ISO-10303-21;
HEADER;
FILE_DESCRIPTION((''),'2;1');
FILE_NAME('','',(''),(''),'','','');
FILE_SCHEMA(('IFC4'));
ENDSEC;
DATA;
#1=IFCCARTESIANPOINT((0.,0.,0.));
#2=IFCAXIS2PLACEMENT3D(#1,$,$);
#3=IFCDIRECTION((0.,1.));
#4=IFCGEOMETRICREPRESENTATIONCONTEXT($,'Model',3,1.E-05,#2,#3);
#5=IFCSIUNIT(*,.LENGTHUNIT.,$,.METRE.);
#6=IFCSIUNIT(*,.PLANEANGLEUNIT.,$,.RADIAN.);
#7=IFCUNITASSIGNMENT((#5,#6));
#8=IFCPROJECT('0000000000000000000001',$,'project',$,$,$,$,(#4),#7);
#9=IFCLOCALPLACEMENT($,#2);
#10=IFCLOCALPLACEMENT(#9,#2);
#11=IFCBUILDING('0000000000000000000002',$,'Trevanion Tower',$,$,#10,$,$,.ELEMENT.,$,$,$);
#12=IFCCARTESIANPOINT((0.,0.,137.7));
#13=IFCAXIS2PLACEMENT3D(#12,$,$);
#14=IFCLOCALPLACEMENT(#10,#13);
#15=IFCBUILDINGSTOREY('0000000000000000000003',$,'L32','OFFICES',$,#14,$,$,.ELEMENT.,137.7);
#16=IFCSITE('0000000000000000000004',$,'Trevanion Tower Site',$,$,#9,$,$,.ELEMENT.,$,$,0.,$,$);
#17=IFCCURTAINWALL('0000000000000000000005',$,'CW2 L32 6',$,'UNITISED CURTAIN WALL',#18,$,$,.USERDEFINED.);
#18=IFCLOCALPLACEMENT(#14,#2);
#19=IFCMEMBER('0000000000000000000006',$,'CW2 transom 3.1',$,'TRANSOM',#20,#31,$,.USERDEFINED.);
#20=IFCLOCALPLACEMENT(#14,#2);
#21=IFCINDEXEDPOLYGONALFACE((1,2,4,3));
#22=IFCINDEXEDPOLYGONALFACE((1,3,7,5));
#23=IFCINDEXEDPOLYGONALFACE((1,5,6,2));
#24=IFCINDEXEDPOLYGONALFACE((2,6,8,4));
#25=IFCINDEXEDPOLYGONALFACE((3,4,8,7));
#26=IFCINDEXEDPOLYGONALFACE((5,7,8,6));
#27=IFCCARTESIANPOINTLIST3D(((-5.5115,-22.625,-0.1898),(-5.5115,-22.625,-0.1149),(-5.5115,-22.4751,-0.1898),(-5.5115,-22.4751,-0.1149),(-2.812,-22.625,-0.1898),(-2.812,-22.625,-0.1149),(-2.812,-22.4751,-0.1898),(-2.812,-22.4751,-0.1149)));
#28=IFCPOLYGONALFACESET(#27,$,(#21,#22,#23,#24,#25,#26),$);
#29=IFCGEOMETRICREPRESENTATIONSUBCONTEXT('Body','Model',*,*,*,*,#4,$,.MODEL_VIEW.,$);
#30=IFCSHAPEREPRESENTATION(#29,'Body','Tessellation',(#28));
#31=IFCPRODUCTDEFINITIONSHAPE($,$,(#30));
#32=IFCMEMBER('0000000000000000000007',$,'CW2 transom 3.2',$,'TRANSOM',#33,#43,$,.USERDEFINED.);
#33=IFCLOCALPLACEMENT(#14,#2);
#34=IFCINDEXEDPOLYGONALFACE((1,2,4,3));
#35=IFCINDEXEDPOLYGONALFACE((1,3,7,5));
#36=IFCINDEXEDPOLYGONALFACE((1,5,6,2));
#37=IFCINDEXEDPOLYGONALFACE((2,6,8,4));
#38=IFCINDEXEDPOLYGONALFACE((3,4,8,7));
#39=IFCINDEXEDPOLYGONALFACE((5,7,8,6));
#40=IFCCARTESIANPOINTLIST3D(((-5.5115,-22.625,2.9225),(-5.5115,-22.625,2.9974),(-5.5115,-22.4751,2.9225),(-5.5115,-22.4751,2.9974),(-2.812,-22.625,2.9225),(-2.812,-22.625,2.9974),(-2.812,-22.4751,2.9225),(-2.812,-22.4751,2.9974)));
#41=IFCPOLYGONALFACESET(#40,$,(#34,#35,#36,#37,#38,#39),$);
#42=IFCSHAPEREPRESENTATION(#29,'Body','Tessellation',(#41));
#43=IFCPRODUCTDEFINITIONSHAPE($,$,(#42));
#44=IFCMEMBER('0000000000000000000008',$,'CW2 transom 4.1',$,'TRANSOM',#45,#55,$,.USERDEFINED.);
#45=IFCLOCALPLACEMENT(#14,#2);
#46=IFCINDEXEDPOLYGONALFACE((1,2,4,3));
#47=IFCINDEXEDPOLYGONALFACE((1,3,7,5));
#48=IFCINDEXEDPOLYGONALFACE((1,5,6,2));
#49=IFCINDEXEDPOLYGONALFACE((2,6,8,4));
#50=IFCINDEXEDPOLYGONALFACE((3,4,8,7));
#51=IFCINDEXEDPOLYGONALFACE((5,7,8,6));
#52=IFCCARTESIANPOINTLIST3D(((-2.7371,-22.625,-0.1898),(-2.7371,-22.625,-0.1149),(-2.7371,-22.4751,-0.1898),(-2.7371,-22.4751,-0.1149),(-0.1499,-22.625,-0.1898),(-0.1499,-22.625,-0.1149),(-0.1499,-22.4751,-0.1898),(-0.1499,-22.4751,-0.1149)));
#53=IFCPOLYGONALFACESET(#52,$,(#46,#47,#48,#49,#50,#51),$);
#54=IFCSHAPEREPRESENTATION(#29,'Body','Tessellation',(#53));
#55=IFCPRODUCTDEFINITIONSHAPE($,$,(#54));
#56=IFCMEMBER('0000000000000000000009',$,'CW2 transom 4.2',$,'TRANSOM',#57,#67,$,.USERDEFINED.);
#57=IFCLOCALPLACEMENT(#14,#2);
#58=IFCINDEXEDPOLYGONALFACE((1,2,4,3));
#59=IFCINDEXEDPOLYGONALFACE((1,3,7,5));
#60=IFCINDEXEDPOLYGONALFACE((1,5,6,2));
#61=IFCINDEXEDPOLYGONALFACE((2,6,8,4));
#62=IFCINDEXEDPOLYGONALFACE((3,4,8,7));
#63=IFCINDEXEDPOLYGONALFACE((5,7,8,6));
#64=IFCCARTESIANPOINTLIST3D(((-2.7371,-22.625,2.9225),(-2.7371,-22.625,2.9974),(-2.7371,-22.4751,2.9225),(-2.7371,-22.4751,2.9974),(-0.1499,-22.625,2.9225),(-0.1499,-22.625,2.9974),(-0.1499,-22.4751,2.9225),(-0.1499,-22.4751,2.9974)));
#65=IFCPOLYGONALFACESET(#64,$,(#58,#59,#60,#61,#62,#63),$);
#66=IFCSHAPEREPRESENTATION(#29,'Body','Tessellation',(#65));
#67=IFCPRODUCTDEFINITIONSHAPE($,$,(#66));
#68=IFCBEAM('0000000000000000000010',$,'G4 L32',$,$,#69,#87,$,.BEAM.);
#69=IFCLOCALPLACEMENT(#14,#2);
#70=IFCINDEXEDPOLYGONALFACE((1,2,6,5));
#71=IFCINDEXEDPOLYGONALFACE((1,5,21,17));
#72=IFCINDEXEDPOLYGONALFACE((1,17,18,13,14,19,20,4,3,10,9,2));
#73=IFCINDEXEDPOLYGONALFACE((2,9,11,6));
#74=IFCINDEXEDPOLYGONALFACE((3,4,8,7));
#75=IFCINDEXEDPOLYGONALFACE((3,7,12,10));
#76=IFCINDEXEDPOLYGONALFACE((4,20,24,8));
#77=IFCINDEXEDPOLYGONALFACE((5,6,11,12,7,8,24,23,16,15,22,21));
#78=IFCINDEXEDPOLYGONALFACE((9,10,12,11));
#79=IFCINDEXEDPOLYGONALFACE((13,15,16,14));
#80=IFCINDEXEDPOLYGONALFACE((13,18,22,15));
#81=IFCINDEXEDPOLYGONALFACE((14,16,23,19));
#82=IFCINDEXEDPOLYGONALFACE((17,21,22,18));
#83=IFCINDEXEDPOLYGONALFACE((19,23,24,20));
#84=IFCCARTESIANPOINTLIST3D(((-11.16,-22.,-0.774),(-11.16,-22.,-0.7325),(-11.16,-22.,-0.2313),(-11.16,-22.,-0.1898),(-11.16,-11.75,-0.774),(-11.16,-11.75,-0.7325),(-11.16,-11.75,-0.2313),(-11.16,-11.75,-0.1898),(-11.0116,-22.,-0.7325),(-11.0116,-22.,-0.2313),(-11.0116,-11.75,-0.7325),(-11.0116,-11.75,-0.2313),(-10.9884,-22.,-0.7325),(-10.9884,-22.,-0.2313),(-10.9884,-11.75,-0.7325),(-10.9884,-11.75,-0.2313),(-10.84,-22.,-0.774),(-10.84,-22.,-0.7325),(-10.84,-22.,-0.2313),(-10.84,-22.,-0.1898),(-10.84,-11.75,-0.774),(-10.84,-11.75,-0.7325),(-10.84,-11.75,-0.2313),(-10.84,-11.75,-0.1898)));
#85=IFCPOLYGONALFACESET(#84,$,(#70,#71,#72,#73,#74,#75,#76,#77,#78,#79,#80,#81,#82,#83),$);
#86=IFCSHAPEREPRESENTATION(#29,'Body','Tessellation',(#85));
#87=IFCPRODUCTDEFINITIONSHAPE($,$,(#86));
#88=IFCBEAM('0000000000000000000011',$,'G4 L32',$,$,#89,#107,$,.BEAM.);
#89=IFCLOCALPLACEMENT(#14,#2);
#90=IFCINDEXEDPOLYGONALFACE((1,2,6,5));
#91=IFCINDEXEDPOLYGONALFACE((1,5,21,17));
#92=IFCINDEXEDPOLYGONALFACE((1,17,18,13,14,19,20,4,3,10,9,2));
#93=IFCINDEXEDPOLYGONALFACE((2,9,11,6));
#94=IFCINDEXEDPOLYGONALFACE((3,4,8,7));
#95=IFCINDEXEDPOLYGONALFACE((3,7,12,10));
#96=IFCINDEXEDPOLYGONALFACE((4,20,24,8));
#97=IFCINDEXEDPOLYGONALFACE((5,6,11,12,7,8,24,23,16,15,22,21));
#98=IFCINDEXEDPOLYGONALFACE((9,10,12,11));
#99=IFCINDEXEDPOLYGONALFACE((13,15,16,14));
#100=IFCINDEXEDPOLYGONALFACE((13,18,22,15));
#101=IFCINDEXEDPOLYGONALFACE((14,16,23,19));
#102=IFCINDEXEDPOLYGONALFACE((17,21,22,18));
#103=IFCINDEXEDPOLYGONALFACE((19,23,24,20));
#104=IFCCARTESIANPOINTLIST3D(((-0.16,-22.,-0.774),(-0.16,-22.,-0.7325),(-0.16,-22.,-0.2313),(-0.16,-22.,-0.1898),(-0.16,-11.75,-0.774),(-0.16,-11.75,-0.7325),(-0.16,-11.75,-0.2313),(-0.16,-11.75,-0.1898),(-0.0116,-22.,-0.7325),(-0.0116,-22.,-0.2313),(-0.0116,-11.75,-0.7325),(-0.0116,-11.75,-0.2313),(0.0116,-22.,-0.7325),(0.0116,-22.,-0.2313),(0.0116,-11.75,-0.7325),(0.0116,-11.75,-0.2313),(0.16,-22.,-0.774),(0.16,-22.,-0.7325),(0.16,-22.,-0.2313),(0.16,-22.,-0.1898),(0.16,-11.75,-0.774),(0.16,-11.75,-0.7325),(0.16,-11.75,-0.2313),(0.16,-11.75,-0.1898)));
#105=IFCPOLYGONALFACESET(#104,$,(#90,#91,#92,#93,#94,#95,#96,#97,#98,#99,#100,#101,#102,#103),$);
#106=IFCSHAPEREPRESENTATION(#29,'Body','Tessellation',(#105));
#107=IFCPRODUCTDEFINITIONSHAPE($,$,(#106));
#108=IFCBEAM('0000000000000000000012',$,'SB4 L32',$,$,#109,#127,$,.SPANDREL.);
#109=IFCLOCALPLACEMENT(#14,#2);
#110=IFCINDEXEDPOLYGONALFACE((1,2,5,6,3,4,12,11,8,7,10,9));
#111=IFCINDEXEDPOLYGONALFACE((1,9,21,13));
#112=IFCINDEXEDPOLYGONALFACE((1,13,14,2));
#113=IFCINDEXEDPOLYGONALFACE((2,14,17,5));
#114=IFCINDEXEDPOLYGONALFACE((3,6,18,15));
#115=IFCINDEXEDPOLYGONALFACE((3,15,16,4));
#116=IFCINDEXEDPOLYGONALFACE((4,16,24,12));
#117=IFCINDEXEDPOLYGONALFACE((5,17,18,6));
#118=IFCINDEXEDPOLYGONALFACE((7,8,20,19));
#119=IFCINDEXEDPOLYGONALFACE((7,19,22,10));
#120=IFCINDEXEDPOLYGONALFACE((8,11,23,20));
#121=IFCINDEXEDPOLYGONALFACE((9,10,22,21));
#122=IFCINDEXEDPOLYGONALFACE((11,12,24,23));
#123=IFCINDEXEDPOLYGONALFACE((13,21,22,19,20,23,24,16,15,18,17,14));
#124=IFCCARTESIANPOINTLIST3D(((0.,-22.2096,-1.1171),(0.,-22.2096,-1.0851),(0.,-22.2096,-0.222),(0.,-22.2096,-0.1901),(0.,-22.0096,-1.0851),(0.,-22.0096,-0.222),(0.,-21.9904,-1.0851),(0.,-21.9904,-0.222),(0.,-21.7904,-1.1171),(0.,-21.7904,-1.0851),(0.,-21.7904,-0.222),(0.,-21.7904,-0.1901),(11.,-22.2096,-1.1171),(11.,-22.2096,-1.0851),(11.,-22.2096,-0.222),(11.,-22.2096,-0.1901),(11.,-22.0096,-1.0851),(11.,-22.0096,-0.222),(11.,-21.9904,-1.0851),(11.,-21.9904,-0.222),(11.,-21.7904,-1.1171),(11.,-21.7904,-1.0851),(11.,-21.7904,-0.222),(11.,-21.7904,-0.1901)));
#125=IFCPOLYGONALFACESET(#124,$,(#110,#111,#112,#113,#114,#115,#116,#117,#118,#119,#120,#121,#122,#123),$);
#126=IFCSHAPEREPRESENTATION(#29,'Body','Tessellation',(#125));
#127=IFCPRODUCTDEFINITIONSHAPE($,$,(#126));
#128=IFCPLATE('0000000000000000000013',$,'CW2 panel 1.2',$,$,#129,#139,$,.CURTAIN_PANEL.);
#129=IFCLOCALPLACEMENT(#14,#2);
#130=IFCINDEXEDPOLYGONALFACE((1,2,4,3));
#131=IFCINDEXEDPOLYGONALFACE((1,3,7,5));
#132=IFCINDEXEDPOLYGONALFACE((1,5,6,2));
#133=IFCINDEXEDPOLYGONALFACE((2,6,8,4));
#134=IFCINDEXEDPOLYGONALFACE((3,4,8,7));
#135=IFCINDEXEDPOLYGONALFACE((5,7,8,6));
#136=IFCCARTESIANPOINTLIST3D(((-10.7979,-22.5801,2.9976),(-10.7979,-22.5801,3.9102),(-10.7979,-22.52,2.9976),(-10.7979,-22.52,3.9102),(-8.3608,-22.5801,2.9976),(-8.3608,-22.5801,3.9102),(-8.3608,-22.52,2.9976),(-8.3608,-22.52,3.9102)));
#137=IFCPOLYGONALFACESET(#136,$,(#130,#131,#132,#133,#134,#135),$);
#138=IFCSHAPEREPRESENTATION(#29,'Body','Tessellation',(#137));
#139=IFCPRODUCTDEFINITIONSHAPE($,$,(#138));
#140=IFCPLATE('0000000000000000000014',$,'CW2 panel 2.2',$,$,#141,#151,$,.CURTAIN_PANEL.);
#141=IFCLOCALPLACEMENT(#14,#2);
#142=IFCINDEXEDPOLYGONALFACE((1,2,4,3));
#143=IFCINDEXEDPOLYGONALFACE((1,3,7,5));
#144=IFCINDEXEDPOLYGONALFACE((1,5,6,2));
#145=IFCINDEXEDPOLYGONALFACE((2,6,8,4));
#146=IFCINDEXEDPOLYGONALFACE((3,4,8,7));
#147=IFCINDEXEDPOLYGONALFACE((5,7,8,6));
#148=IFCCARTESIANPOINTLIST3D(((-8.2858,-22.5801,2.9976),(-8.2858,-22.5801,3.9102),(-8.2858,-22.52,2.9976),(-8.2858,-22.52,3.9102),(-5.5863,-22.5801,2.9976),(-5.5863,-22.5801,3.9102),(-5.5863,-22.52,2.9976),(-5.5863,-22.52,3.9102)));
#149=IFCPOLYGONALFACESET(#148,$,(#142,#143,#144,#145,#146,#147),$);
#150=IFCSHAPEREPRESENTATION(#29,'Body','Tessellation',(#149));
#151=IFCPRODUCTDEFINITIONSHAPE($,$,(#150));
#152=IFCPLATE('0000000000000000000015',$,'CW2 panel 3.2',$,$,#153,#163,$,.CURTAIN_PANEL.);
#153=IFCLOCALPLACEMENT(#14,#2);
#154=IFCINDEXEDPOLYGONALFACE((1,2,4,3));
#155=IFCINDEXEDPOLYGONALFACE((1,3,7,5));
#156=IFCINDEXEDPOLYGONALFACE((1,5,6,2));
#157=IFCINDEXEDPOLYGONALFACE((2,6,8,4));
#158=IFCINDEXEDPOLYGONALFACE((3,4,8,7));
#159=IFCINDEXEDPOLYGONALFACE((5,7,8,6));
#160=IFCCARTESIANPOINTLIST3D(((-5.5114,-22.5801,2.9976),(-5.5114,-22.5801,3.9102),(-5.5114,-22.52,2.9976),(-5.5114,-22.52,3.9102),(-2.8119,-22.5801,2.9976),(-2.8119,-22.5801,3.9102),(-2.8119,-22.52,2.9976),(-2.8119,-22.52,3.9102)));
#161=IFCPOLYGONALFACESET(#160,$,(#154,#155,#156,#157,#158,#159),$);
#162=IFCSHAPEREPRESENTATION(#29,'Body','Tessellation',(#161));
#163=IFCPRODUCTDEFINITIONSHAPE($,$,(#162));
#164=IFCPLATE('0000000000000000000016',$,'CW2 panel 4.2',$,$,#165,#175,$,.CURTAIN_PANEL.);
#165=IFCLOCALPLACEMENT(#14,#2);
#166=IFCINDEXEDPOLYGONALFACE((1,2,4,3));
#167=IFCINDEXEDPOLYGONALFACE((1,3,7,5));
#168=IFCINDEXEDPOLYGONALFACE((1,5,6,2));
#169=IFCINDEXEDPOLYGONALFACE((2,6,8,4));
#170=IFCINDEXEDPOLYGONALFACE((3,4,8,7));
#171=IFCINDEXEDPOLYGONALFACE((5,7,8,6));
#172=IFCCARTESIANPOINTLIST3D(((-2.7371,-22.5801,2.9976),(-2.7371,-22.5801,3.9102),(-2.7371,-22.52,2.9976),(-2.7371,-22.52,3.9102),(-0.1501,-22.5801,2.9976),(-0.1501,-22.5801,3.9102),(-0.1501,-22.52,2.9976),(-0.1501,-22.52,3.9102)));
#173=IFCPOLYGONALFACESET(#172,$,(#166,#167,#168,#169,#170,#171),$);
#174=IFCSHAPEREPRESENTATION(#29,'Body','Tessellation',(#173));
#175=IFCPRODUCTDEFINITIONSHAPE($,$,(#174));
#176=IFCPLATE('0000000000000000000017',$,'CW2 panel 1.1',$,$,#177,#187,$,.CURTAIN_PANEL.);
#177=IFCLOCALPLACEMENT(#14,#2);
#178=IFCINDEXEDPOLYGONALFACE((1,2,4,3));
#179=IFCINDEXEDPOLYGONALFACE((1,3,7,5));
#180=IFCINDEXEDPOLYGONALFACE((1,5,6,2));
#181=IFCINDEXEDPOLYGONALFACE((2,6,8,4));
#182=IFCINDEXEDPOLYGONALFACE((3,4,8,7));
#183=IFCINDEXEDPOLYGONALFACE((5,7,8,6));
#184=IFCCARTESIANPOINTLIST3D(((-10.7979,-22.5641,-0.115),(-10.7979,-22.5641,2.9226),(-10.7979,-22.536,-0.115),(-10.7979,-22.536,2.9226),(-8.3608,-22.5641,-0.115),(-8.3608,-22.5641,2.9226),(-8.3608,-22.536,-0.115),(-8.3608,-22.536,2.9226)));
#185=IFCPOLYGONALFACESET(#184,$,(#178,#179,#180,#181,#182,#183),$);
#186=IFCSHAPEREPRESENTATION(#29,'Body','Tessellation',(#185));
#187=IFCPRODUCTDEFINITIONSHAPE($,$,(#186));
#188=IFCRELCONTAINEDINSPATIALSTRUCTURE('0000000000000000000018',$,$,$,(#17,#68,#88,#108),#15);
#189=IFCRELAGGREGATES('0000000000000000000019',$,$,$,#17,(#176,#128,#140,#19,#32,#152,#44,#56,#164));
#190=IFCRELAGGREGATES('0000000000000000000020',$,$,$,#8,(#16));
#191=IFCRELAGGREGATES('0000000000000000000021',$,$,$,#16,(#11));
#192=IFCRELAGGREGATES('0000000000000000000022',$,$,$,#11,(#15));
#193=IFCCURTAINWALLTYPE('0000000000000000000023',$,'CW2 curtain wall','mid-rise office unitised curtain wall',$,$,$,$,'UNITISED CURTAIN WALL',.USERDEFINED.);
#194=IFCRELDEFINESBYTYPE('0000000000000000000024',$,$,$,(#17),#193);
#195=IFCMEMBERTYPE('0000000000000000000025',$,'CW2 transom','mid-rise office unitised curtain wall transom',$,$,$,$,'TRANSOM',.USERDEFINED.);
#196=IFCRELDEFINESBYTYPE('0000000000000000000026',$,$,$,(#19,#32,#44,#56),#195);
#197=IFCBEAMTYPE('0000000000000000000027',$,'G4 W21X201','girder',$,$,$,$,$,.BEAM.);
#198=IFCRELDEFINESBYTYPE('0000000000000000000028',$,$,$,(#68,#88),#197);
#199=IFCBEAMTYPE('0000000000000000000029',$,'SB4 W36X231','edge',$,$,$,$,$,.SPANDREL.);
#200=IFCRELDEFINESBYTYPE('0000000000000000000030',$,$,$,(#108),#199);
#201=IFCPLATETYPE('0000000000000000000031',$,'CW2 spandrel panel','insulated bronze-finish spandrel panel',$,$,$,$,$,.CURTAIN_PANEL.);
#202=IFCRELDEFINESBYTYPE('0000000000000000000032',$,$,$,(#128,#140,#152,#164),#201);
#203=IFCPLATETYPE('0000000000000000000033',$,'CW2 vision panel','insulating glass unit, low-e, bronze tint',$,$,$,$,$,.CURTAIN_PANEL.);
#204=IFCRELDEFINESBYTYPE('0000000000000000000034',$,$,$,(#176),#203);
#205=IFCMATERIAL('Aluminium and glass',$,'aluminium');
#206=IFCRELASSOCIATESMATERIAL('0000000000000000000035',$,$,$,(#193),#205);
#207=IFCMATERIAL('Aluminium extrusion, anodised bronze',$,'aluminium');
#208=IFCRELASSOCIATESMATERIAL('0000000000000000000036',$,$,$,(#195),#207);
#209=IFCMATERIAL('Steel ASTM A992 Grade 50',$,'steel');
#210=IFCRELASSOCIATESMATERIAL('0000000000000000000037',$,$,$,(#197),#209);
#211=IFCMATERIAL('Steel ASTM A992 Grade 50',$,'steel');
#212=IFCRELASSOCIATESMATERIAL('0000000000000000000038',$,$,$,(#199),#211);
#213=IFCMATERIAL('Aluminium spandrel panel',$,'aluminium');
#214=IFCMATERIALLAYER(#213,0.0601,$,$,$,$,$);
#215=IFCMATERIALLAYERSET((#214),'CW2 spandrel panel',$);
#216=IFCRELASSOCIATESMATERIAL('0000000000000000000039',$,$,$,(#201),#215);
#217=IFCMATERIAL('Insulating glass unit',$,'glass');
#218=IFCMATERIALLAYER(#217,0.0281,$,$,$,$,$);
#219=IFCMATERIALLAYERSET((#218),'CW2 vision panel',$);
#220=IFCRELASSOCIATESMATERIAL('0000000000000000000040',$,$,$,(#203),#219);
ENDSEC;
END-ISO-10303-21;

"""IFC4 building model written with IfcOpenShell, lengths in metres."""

from ifc_helpers import new_model, si_unit, direction, frame, origin, origin_2d, place, context, subcontext, project, spatial, rectangle, i_section, extrude, material, layer, layer_set, material_profile, profile_set, type_object, element, aggregate, save


model = new_model("IFC4")

# Units and contexts
model_context = context("Model", 3, precision=1e-05, world=origin(), true_north=direction((0.0, 1.0)))
body_context = subcontext(model_context, "Body", "Model", "MODEL_VIEW")
ifc_project = project(units=[si_unit("LENGTHUNIT", "METRE"), si_unit("PLANEANGLEUNIT", "RADIAN")], contexts=[model_context])

# Site, building, storey
site_placement = place(None, origin())
site = spatial("IfcSite", under=ifc_project, at=site_placement, Name="Trevanion Tower Site", CompositionType="ELEMENT", RefElevation=0.0)
building_placement = place(site_placement, origin())
building = spatial("IfcBuilding", under=site, at=building_placement, Name="Trevanion Tower", CompositionType="ELEMENT")
storey_placement = place(building_placement, frame((0.0, 0.0, 137.7)))
storey = spatial("IfcBuildingStorey", under=building, at=storey_placement, Name="L32", Description="OFFICES", CompositionType="ELEMENT", Elevation=137.7)

# Curtain wall, members
ifc_material_1 = material(Name="Aluminium and glass", Category="aluminium")
curtain_wall_type = type_object("IfcCurtainWallType", Name="CW2 curtain wall", Description="mid-rise office unitised curtain wall", ElementType="UNITISED CURTAIN WALL", PredefinedType="USERDEFINED", material=ifc_material_1)
curtain_wall_placement = place(storey_placement, origin())
curtain_wall = element("IfcCurtainWall", 1, at=curtain_wall_placement, inside=storey, type_object=curtain_wall_type, Name="CW2 L32 6", ObjectType="UNITISED CURTAIN WALL", PredefinedType="USERDEFINED")
ifc_material_2 = material(Name="Aluminium extrusion, anodised bronze", Category="aluminium")
ifc_material_profile_1 = material_profile(ifc_material_2, rectangle(XDim=0.1499, YDim=0.075, at=origin_2d()), Name="CW2 transom")
ifc_profile_set_1 = profile_set([ifc_material_profile_1], Name="Aluminium extrusion, anodised bronze")
member_type_1 = type_object("IfcMemberType", Name="CW2 transom", Description="mid-rise office unitised curtain wall transom", ElementType="TRANSOM", PredefinedType="USERDEFINED", material=ifc_profile_set_1)
member_1_placement = place(storey_placement, frame((-5.5115, -22.55, -0.1523), z_axis=(1.0, 0.0, 0.0), x_axis=(0.0, 1.0, 0.0)))
member_1 = element("IfcMember", 2, at=member_1_placement, type_object=member_type_1, Name="CW2 transom 3.1", ObjectType="TRANSOM", PredefinedType="USERDEFINED", context=body_context, shape_type="SweptSolid", body=[
    extrude(rectangle(XDim=0.1499, YDim=0.075, at=origin_2d()), origin(), (0.0, 0.0, 1.0), 2.6995),
])
member_2_placement = place(storey_placement, frame((-5.5115, -22.55, 2.96), z_axis=(1.0, 0.0, 0.0), x_axis=(0.0, 1.0, 0.0)))
member_2 = element("IfcMember", 3, at=member_2_placement, type_object=member_type_1, Name="CW2 transom 3.2", ObjectType="TRANSOM", PredefinedType="USERDEFINED", context=body_context, shape_type="SweptSolid", body=[
    extrude(rectangle(XDim=0.1499, YDim=0.075, at=origin_2d()), origin(), (0.0, 0.0, 1.0), 2.6995),
])
member_3_placement = place(storey_placement, frame((-2.7371, -22.55, -0.1523), z_axis=(1.0, 0.0, 0.0), x_axis=(0.0, 1.0, 0.0)))
member_3 = element("IfcMember", 4, at=member_3_placement, type_object=member_type_1, Name="CW2 transom 4.1", ObjectType="TRANSOM", PredefinedType="USERDEFINED", context=body_context, shape_type="SweptSolid", body=[
    extrude(rectangle(XDim=0.1499, YDim=0.075, at=origin_2d()), origin(), (0.0, 0.0, 1.0), 2.5872),
])
member_4_placement = place(storey_placement, frame((-2.7371, -22.55, 2.96), z_axis=(1.0, 0.0, 0.0), x_axis=(0.0, 1.0, 0.0)))
member_4 = element("IfcMember", 5, at=member_4_placement, type_object=member_type_1, Name="CW2 transom 4.2", ObjectType="TRANSOM", PredefinedType="USERDEFINED", context=body_context, shape_type="SweptSolid", body=[
    extrude(rectangle(XDim=0.1499, YDim=0.075, at=origin_2d()), origin(), (0.0, 0.0, 1.0), 2.5872),
])

# Beams
ifc_material_3 = material(Name="Steel ASTM A992 Grade 50", Category="steel")
ifc_material_profile_2 = material_profile(ifc_material_3, i_section(OverallWidth=0.3201, OverallDepth=0.5842, WebThickness=0.0232, FlangeThickness=0.0415, at=origin_2d()), Name="W21X201")
ifc_profile_set_2 = profile_set([ifc_material_profile_2], Name="Steel ASTM A992 Grade 50")
beam_type_1 = type_object("IfcBeamType", Name="G4 W21X201", Description="girder", PredefinedType="BEAM", material=ifc_profile_set_2)
for number, where, z_axis, x_axis, name in (
    (6, (-11.0, -11.75, -0.4819), (0.0, -1.0, 0.0), (1.0, 0.0, 0.0), "G4 L32"),
    (7, (0.0, -11.75, -0.4819), (0.0, -1.0, 0.0), (1.0, 0.0, 0.0), "G4 L32"),
):
    element("IfcBeam", number, at=place(storey_placement, frame(where, z_axis=z_axis, x_axis=x_axis)), inside=storey, type_object=beam_type_1, Name=name, PredefinedType="BEAM", context=body_context, shape_type="SweptSolid", body=[
        extrude(i_section(OverallWidth=0.3201, OverallDepth=0.5842, WebThickness=0.0232, FlangeThickness=0.0415, at=origin_2d()), origin(), (0.0, 0.0, 1.0), 10.25),
    ])
ifc_material_4 = material(Name="Steel ASTM A992 Grade 50", Category="steel")
ifc_material_profile_3 = material_profile(ifc_material_4, i_section(OverallWidth=0.4192, OverallDepth=0.927, WebThickness=0.0193, FlangeThickness=0.032, at=origin_2d()), Name="W36X231")
ifc_profile_set_3 = profile_set([ifc_material_profile_3], Name="Steel ASTM A992 Grade 50")
beam_type_2 = type_object("IfcBeamType", Name="SB4 W36X231", Description="edge", PredefinedType="SPANDREL", material=ifc_profile_set_3)
beam_placement = place(storey_placement, frame((0.0, -22.0, -0.6536), z_axis=(1.0, 0.0, 0.0), x_axis=(0.0, 1.0, 0.0)))
element("IfcBeam", 8, at=beam_placement, inside=storey, type_object=beam_type_2, Name="SB4 L32", PredefinedType="SPANDREL", context=body_context, shape_type="SweptSolid", body=[
    extrude(i_section(OverallWidth=0.4192, OverallDepth=0.927, WebThickness=0.0193, FlangeThickness=0.032, at=origin_2d()), origin(), (0.0, 0.0, 1.0), 11.0),
])

# Plates
ifc_material_5 = material(Name="Aluminium spandrel panel", Category="aluminium")
ifc_layer_1 = layer(ifc_material_5, 0.0601)
ifc_layer_set_1 = layer_set([ifc_layer_1], Name="CW2 spandrel panel")
plate_type_1 = type_object("IfcPlateType", Name="CW2 spandrel panel", Description="insulated bronze-finish spandrel panel", PredefinedType="CURTAIN_PANEL", material=ifc_layer_set_1)
plate_1_placement = place(storey_placement, frame((-9.5793, -22.55, 2.9976), z_axis=(0.0, 0.0, 1.0), x_axis=(1.0, 0.0, 0.0)))
plate_1 = element("IfcPlate", 9, at=plate_1_placement, type_object=plate_type_1, Name="CW2 panel 1.2", PredefinedType="CURTAIN_PANEL", context=body_context, shape_type="SweptSolid", body=[
    extrude(rectangle(XDim=2.437, YDim=0.0601, at=origin_2d()), origin(), (0.0, 0.0, 1.0), 0.9126),
])
plate_2_placement = place(storey_placement, frame((-6.936, -22.55, 2.9976), z_axis=(0.0, 0.0, 1.0), x_axis=(1.0, 0.0, 0.0)))
plate_2 = element("IfcPlate", 10, at=plate_2_placement, type_object=plate_type_1, Name="CW2 panel 2.2", PredefinedType="CURTAIN_PANEL", context=body_context, shape_type="SweptSolid", body=[
    extrude(rectangle(XDim=2.6995, YDim=0.0601, at=origin_2d()), origin(), (0.0, 0.0, 1.0), 0.9126),
])
plate_3_placement = place(storey_placement, frame((-4.1616, -22.55, 2.9976), z_axis=(0.0, 0.0, 1.0), x_axis=(1.0, 0.0, 0.0)))
plate_3 = element("IfcPlate", 11, at=plate_3_placement, type_object=plate_type_1, Name="CW2 panel 3.2", PredefinedType="CURTAIN_PANEL", context=body_context, shape_type="SweptSolid", body=[
    extrude(rectangle(XDim=2.6995, YDim=0.0601, at=origin_2d()), origin(), (0.0, 0.0, 1.0), 0.9126),
])
plate_4_placement = place(storey_placement, frame((-1.4436, -22.55, 2.9976), z_axis=(0.0, 0.0, 1.0), x_axis=(1.0, 0.0, 0.0)))
plate_4 = element("IfcPlate", 12, at=plate_4_placement, type_object=plate_type_1, Name="CW2 panel 4.2", PredefinedType="CURTAIN_PANEL", context=body_context, shape_type="SweptSolid", body=[
    extrude(rectangle(XDim=2.5869, YDim=0.0601, at=origin_2d()), origin(), (0.0, 0.0, 1.0), 0.9126),
])
ifc_material_6 = material(Name="Insulating glass unit", Category="glass")
ifc_layer_2 = layer(ifc_material_6, 0.0281)
ifc_layer_set_2 = layer_set([ifc_layer_2], Name="CW2 vision panel")
plate_type_2 = type_object("IfcPlateType", Name="CW2 vision panel", Description="insulating glass unit, low-e, bronze tint", PredefinedType="CURTAIN_PANEL", material=ifc_layer_set_2)
plate_5_placement = place(storey_placement, frame((-9.5793, -22.55, -0.115), z_axis=(0.0, 0.0, 1.0), x_axis=(1.0, 0.0, 0.0)))
plate_5 = element("IfcPlate", 13, at=plate_5_placement, type_object=plate_type_2, Name="CW2 panel 1.1", PredefinedType="CURTAIN_PANEL", context=body_context, shape_type="SweptSolid", body=[
    extrude(rectangle(XDim=2.437, YDim=0.0281, at=origin_2d()), origin(), (0.0, 0.0, 1.0), 3.0376),
])
aggregate(curtain_wall, [plate_5, plate_1, plate_2, member_1, member_2, plate_3, member_3, member_4, plate_4])

save(model, "model.ifc")
